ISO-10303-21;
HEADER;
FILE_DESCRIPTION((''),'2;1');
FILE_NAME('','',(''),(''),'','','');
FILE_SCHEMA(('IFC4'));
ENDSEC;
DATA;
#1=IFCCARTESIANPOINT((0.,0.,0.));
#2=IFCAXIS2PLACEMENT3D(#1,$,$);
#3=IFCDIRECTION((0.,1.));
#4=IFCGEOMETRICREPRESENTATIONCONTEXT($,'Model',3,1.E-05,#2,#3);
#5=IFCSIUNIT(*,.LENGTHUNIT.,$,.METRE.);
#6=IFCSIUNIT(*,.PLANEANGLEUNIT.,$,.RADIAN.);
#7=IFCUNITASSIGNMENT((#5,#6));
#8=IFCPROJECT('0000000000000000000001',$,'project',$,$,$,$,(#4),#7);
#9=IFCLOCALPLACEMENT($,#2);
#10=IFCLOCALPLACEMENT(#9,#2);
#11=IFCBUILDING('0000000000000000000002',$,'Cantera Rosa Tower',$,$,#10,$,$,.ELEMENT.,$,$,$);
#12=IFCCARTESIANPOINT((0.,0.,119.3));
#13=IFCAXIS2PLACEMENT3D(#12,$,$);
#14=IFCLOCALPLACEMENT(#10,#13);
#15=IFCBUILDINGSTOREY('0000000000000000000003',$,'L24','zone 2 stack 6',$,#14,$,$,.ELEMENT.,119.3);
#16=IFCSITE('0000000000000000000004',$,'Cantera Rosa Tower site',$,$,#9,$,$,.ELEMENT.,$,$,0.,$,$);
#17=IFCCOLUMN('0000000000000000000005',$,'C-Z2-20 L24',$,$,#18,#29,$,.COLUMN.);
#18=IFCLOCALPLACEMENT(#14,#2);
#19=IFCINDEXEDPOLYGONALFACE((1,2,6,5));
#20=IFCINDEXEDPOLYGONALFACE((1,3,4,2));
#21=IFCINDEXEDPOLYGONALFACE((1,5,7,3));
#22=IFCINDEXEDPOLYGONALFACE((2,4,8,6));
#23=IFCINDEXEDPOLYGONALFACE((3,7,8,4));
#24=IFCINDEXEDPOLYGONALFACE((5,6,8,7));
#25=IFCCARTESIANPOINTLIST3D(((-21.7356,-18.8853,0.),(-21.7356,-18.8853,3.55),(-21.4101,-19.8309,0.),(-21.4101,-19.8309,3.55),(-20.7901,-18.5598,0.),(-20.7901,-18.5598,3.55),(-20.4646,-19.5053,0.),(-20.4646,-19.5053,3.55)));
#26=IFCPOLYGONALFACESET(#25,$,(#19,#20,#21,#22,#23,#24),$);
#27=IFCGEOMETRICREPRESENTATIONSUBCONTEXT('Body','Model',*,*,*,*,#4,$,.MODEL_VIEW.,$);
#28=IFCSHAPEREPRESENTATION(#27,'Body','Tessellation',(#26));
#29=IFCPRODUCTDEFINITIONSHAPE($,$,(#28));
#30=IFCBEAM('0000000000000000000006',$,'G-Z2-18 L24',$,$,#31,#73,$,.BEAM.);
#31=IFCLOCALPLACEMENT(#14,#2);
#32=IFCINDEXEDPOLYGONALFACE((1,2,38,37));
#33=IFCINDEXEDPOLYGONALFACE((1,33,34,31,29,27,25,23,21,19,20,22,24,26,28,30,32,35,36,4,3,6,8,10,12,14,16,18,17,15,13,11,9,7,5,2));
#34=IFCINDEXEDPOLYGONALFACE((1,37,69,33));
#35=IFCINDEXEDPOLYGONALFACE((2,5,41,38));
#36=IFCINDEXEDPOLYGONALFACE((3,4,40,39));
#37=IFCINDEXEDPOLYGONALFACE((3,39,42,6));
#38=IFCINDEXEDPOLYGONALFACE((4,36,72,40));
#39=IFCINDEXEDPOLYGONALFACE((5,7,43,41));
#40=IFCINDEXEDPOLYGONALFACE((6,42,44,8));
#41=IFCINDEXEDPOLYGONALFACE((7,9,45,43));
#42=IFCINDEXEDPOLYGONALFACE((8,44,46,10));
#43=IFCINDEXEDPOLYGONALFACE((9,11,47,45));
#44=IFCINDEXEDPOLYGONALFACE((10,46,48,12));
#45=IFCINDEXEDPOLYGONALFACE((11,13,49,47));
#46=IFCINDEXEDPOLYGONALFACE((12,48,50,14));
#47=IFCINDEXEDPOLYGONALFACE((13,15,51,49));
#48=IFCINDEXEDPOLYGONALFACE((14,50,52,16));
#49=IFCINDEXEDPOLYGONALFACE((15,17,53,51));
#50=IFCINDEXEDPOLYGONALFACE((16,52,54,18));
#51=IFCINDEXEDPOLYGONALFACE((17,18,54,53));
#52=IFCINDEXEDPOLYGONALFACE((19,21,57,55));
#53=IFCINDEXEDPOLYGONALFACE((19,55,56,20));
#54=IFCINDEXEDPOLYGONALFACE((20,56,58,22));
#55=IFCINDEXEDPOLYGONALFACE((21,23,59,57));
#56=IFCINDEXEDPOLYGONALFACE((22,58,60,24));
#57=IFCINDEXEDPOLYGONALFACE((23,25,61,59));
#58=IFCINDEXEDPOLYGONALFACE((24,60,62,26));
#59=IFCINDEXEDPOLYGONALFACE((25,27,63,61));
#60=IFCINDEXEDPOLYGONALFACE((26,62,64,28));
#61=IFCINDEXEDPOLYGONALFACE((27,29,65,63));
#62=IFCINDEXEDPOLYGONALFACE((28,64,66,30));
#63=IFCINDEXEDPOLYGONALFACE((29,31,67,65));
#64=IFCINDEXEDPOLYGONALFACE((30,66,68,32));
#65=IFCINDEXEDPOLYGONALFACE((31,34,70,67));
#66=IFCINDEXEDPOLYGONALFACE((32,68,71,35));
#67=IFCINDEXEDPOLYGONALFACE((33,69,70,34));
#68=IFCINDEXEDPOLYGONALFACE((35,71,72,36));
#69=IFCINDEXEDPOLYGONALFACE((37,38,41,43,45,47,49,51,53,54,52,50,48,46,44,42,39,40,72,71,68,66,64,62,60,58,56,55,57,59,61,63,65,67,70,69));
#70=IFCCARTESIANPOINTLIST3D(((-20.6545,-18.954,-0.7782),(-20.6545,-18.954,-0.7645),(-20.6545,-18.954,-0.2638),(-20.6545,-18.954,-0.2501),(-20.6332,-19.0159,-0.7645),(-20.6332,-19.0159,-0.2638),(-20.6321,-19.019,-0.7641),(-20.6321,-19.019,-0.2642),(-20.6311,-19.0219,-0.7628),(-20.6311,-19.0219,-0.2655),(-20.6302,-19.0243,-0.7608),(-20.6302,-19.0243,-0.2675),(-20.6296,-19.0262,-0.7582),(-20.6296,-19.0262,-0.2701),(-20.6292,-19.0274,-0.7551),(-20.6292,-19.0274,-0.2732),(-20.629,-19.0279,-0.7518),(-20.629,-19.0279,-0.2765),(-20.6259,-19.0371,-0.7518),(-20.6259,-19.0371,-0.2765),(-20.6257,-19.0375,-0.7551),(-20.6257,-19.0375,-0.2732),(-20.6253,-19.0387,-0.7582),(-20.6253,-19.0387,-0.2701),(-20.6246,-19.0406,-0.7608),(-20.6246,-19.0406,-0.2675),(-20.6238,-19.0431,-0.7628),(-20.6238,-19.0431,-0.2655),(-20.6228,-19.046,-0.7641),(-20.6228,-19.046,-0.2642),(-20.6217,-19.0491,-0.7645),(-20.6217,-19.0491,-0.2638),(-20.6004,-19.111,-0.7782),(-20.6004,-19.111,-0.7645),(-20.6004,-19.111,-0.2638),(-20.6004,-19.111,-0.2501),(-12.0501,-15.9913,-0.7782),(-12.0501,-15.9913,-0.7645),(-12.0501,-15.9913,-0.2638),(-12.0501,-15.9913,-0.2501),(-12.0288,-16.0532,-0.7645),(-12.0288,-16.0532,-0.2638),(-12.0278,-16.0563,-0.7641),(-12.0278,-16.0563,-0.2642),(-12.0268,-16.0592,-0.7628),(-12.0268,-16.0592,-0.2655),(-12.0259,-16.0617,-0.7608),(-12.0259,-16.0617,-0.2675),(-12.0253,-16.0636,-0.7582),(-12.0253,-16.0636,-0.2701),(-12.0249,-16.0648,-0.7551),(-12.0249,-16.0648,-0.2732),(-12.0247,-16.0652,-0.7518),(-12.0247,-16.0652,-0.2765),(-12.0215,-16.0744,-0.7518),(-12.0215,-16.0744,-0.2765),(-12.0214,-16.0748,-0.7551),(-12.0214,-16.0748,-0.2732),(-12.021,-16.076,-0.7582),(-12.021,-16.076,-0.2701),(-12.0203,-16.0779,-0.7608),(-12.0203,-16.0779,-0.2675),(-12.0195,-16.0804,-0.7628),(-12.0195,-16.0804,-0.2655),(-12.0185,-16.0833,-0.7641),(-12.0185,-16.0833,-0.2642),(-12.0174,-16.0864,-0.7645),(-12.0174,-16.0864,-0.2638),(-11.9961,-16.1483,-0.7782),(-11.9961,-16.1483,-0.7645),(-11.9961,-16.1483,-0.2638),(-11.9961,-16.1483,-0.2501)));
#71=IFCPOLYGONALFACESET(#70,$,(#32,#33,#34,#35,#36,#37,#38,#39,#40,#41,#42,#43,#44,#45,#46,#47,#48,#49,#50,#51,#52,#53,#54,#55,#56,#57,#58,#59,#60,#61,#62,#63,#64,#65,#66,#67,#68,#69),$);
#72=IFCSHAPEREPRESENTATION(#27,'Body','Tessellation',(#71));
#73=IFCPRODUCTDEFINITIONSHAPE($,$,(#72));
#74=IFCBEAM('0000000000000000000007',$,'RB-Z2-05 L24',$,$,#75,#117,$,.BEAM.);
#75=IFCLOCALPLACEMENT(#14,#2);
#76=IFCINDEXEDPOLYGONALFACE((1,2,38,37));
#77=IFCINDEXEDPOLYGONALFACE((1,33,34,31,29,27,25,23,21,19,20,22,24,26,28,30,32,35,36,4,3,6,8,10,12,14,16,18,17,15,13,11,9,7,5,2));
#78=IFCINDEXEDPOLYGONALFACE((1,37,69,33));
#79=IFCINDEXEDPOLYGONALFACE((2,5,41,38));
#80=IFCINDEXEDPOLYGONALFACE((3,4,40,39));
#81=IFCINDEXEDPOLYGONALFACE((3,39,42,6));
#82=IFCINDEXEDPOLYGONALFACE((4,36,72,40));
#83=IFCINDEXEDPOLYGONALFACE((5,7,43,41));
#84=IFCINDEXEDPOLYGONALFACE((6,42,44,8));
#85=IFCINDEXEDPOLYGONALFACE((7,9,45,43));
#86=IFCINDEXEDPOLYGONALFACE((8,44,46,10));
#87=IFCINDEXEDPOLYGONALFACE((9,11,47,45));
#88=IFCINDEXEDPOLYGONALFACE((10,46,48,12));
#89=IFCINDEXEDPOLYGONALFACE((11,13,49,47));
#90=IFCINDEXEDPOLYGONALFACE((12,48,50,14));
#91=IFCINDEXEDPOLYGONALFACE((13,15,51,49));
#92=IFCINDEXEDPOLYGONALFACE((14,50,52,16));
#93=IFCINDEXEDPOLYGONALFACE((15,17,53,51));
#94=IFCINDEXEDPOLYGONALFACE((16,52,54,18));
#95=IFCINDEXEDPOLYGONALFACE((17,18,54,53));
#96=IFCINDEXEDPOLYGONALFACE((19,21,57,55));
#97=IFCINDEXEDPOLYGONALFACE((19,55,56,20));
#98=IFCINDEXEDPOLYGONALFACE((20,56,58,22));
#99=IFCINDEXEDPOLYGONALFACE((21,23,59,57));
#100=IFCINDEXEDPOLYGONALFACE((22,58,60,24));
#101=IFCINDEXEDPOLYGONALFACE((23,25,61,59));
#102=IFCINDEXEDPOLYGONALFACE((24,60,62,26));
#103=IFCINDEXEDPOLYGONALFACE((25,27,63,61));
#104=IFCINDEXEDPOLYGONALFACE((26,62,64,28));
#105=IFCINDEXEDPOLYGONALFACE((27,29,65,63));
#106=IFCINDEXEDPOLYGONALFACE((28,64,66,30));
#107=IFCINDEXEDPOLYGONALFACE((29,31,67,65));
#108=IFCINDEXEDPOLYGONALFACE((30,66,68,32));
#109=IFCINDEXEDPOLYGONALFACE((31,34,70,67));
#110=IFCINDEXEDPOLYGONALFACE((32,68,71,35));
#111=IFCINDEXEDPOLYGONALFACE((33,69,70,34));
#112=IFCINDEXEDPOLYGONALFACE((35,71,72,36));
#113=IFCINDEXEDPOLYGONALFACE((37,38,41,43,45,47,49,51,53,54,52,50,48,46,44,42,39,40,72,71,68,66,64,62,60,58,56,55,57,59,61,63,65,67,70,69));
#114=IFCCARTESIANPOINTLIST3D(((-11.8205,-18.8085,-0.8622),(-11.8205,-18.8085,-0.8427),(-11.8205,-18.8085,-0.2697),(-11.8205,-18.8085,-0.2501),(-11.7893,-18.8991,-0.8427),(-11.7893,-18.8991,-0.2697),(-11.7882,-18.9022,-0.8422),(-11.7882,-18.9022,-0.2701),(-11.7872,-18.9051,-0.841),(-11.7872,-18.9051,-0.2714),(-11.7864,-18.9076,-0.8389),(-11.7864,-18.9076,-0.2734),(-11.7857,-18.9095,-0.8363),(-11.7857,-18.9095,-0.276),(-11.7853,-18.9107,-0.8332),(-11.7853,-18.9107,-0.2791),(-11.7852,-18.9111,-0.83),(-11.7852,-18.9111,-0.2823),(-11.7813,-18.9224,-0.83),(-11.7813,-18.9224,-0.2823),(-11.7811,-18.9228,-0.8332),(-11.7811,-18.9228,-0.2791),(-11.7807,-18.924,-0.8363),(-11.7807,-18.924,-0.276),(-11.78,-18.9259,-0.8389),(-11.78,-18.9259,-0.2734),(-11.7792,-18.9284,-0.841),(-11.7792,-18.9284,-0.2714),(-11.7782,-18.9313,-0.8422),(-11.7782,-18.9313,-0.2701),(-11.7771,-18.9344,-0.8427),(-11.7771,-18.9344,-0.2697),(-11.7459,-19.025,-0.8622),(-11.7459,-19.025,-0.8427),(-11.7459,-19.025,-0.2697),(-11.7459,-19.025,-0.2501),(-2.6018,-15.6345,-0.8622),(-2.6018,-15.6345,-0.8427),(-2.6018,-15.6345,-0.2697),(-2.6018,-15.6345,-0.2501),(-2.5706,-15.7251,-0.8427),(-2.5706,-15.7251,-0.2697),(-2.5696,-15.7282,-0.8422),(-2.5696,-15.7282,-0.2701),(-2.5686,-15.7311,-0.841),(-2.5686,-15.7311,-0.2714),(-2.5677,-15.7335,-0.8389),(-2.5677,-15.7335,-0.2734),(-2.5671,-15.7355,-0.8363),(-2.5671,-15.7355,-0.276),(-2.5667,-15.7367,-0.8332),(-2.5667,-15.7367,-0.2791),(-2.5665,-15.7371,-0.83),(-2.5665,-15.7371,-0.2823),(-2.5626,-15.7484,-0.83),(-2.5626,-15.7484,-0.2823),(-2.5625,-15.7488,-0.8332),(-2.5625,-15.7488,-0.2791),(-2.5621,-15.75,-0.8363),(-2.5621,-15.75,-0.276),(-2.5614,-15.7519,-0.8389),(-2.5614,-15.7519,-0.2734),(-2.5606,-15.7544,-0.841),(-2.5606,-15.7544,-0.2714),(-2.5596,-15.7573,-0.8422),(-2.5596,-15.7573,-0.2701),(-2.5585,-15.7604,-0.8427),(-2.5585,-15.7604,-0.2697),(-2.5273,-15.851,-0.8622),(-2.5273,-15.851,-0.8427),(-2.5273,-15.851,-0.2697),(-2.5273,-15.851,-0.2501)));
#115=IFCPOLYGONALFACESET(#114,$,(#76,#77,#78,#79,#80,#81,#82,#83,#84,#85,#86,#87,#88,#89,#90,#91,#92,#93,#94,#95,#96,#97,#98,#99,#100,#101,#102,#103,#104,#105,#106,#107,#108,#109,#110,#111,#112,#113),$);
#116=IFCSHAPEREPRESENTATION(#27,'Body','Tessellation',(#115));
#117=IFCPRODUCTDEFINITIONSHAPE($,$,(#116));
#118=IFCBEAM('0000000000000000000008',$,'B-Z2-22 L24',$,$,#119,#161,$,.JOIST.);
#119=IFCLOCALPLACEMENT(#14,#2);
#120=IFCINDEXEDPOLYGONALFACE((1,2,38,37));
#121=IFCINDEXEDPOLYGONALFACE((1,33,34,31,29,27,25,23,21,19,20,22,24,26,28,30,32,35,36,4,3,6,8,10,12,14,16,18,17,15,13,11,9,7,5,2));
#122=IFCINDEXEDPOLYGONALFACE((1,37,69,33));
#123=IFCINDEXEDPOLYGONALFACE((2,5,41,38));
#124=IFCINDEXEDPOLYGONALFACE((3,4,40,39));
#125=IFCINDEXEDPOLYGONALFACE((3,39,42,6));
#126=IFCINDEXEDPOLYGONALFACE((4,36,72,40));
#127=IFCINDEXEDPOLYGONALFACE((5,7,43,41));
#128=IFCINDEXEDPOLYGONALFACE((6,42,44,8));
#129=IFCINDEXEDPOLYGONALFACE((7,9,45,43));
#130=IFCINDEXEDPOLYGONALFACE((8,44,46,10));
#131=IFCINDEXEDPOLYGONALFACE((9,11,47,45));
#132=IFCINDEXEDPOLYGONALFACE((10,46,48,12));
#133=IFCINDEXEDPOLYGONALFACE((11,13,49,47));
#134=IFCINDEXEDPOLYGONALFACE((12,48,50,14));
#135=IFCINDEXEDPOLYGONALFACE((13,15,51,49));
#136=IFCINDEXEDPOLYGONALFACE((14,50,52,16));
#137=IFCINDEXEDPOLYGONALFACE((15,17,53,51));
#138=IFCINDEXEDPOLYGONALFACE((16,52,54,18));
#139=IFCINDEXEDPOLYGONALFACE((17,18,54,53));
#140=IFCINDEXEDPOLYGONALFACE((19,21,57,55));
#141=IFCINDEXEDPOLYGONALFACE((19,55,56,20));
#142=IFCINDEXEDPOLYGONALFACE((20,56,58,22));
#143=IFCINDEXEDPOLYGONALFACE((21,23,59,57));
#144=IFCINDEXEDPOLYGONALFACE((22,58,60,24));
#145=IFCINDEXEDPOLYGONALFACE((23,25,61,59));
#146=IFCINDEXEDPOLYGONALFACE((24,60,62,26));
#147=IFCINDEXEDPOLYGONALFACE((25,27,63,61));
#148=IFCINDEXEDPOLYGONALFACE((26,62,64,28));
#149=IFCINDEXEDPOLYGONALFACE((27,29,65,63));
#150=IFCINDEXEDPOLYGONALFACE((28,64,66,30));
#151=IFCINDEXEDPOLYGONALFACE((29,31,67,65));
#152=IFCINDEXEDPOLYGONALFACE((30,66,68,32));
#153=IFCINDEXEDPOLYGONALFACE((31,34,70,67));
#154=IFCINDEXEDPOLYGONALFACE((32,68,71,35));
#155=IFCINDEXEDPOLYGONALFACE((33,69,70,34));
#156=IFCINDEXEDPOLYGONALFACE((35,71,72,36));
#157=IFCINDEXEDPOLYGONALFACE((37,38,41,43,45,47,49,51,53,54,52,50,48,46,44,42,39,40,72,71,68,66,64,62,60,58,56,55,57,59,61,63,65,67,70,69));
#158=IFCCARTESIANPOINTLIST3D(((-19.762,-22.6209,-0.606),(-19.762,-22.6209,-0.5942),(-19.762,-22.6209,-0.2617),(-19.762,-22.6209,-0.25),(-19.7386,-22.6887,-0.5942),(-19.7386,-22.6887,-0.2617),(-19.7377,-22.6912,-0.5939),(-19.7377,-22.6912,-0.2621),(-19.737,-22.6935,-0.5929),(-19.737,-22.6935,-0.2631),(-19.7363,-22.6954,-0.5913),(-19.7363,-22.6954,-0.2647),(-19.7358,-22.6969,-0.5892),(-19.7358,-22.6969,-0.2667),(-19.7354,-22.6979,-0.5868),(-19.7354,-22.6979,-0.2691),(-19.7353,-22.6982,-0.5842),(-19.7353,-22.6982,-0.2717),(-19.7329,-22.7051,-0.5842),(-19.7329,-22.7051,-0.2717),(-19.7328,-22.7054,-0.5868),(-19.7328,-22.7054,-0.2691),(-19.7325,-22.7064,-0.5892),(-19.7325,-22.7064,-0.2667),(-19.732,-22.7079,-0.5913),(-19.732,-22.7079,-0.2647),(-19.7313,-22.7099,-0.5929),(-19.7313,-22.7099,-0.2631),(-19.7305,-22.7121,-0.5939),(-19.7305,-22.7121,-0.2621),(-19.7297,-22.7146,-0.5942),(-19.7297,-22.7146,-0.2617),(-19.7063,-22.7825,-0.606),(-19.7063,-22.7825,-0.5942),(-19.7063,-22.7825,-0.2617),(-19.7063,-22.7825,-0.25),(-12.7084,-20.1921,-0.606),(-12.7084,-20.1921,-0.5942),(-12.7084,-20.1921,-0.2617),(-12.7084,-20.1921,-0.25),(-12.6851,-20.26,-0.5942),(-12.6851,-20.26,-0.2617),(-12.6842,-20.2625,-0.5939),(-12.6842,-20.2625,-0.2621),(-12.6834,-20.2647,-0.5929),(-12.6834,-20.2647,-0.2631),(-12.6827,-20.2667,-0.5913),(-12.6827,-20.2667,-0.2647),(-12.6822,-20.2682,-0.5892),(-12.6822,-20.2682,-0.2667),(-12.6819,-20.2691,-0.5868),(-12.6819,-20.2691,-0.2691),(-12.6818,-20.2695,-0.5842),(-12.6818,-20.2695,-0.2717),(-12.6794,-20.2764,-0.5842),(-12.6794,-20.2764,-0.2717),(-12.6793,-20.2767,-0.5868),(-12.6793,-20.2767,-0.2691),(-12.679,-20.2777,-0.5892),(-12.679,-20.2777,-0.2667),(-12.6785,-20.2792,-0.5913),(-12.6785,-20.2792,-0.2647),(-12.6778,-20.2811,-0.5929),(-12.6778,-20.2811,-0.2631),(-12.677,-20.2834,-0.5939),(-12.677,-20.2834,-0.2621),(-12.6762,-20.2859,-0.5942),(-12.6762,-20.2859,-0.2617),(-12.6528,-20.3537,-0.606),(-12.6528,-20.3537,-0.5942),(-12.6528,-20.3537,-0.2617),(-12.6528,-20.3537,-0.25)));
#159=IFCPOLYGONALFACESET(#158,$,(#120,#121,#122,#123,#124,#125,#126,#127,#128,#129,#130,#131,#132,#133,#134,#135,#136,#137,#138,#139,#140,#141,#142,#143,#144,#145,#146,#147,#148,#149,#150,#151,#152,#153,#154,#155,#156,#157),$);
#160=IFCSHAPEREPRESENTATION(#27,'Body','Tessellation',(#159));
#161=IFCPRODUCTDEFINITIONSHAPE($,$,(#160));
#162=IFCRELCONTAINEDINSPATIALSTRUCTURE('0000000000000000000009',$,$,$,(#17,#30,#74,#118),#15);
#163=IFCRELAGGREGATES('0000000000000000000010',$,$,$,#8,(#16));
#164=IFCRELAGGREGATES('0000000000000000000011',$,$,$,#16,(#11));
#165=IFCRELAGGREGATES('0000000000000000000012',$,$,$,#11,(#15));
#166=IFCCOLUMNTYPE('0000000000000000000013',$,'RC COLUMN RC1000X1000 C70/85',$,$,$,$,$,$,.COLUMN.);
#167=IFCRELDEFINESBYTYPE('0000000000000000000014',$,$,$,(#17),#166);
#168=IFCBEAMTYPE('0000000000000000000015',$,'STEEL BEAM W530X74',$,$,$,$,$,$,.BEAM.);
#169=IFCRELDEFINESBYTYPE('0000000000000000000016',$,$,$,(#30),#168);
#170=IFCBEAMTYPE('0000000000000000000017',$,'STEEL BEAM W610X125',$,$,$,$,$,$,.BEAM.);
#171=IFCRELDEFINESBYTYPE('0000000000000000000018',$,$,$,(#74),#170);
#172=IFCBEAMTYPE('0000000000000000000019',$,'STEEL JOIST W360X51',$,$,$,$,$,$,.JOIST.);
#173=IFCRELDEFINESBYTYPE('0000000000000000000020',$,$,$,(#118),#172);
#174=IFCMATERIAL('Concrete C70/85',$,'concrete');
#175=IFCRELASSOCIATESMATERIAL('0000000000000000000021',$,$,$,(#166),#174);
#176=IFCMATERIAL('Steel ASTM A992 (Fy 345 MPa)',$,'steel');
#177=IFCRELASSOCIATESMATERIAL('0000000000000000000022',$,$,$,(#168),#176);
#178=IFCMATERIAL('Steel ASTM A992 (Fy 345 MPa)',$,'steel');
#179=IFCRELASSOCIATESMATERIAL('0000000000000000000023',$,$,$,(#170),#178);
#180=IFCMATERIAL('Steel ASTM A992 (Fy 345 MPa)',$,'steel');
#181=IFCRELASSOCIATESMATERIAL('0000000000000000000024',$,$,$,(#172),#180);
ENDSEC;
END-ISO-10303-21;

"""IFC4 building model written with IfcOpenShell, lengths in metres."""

from ifc_helpers import new_model, si_unit, direction, frame, origin, origin_2d, place, context, subcontext, project, spatial, rectangle, i_section, extrude, material, material_profile, profile_set, type_object, element, save


model = new_model("IFC4")

# Units and contexts
model_context = context("Model", 3, precision=1e-05, world=origin(), true_north=direction((0.0, 1.0)))
body_context = subcontext(model_context, "Body", "Model", "MODEL_VIEW")
ifc_project = project(units=[si_unit("LENGTHUNIT", "METRE"), si_unit("PLANEANGLEUNIT", "RADIAN")], contexts=[model_context])

# Site, building, storey
site_placement = place(None, origin())
site = spatial("IfcSite", under=ifc_project, at=site_placement, Name="Cantera Rosa Tower site", CompositionType="ELEMENT", RefElevation=0.0)
building_placement = place(site_placement, origin())
building = spatial("IfcBuilding", under=site, at=building_placement, Name="Cantera Rosa Tower", CompositionType="ELEMENT")
storey_placement = place(building_placement, frame((0.0, 0.0, 119.3)))
storey = spatial("IfcBuildingStorey", under=building, at=storey_placement, Name="L24", Description="zone 2 stack 6", CompositionType="ELEMENT", Elevation=119.3)

# Column
ifc_material_1 = material(Name="Concrete C70/85", Category="concrete")
ifc_material_profile_1 = material_profile(ifc_material_1, rectangle(XDim=1.0, YDim=1.0, at=origin_2d()), Name="RC COLUMN RC1000X1000 C70/85")
ifc_profile_set_1 = profile_set([ifc_material_profile_1], Name="Concrete C70/85")
column_type = type_object("IfcColumnType", Name="RC COLUMN RC1000X1000 C70/85", PredefinedType="COLUMN", material=ifc_profile_set_1)
column_placement = place(storey_placement, frame((-21.1001, -19.1953, 0.0), z_axis=(0.0, 0.0, 1.0), x_axis=(0.945519, 0.325568, 0.0)))
element("IfcColumn", 1, at=column_placement, inside=storey, type_object=column_type, Name="C-Z2-20 L24", PredefinedType="COLUMN", context=body_context, shape_type="SweptSolid", body=[
    extrude(rectangle(XDim=1.0, YDim=1.0, at=origin_2d()), origin(), (0.0, 0.0, 1.0), 3.55),
])

# Beams
ifc_material_2 = material(Name="Steel ASTM A992 (Fy 345 MPa)", Category="steel")
ifc_material_profile_2 = material_profile(ifc_material_2, i_section(OverallWidth=0.166, OverallDepth=0.5281, WebThickness=0.0098, FlangeThickness=0.0137, FilletRadius=0.0127, at=origin_2d()), Name="W530X74")
ifc_profile_set_2 = profile_set([ifc_material_profile_2], Name="Steel ASTM A992 (Fy 345 MPa)")
beam_type_1 = type_object("IfcBeamType", Name="STEEL BEAM W530X74", PredefinedType="BEAM", material=ifc_profile_set_2)
beam_1_placement = place(storey_placement, frame((-20.6274, -19.0325, -0.5142), z_axis=(0.94552, 0.325565, 0.0), x_axis=(-0.325565, 0.94552, 0.0)))
element("IfcBeam", 2, at=beam_1_placement, inside=storey, type_object=beam_type_1, Name="G-Z2-18 L24", PredefinedType="BEAM", context=body_context, shape_type="SweptSolid", body=[
    extrude(i_section(OverallWidth=0.166, OverallDepth=0.5281, WebThickness=0.0098, FlangeThickness=0.0137, FilletRadius=0.0127, at=origin_2d()), origin(), (0.0, 0.0, 1.0), 9.1001),
])
ifc_material_3 = material(Name="Steel ASTM A992 (Fy 345 MPa)", Category="steel")
ifc_material_profile_3 = material_profile(ifc_material_3, i_section(OverallWidth=0.229, OverallDepth=0.6121, WebThickness=0.012, FlangeThickness=0.0195, FilletRadius=0.0127, at=origin_2d()), Name="W610X125")
ifc_profile_set_3 = profile_set([ifc_material_profile_3], Name="Steel ASTM A992 (Fy 345 MPa)")
beam_type_2 = type_object("IfcBeamType", Name="STEEL BEAM W610X125", PredefinedType="BEAM", material=ifc_profile_set_3)
beam_2_placement = place(storey_placement, frame((-11.7832, -18.9167, -0.5562), z_axis=(0.945525, 0.32555, 0.0), x_axis=(-0.32555, 0.945525, 0.0)))
element("IfcBeam", 3, at=beam_2_placement, inside=storey, type_object=beam_type_2, Name="RB-Z2-05 L24", PredefinedType="BEAM", context=body_context, shape_type="SweptSolid", body=[
    extrude(i_section(OverallWidth=0.229, OverallDepth=0.6121, WebThickness=0.012, FlangeThickness=0.0195, FilletRadius=0.0127, at=origin_2d()), origin(), (0.0, 0.0, 1.0), 9.7498),
])
ifc_material_4 = material(Name="Steel ASTM A992 (Fy 345 MPa)", Category="steel")
ifc_material_profile_4 = material_profile(ifc_material_4, i_section(OverallWidth=0.1709, OverallDepth=0.356, WebThickness=0.0073, FlangeThickness=0.0117, FilletRadius=0.01, at=origin_2d()), Name="W360X51")
ifc_profile_set_4 = profile_set([ifc_material_profile_4], Name="Steel ASTM A992 (Fy 345 MPa)")
beam_type_3 = type_object("IfcBeamType", Name="STEEL JOIST W360X51", PredefinedType="JOIST", material=ifc_profile_set_4)
beam_3_placement = place(storey_placement, frame((-19.7341, -22.7017, -0.428), z_axis=(0.945518, 0.325569, 0.0), x_axis=(-0.325569, 0.945518, 0.0)))
element("IfcBeam", 4, at=beam_3_placement, inside=storey, type_object=beam_type_3, Name="B-Z2-22 L24", PredefinedType="JOIST", context=body_context, shape_type="SweptSolid", body=[
    extrude(i_section(OverallWidth=0.1709, OverallDepth=0.356, WebThickness=0.0073, FlangeThickness=0.0117, FilletRadius=0.01, at=origin_2d()), origin(), (0.0, 0.0, 1.0), 7.46),
])

save(model, "model.ifc")
